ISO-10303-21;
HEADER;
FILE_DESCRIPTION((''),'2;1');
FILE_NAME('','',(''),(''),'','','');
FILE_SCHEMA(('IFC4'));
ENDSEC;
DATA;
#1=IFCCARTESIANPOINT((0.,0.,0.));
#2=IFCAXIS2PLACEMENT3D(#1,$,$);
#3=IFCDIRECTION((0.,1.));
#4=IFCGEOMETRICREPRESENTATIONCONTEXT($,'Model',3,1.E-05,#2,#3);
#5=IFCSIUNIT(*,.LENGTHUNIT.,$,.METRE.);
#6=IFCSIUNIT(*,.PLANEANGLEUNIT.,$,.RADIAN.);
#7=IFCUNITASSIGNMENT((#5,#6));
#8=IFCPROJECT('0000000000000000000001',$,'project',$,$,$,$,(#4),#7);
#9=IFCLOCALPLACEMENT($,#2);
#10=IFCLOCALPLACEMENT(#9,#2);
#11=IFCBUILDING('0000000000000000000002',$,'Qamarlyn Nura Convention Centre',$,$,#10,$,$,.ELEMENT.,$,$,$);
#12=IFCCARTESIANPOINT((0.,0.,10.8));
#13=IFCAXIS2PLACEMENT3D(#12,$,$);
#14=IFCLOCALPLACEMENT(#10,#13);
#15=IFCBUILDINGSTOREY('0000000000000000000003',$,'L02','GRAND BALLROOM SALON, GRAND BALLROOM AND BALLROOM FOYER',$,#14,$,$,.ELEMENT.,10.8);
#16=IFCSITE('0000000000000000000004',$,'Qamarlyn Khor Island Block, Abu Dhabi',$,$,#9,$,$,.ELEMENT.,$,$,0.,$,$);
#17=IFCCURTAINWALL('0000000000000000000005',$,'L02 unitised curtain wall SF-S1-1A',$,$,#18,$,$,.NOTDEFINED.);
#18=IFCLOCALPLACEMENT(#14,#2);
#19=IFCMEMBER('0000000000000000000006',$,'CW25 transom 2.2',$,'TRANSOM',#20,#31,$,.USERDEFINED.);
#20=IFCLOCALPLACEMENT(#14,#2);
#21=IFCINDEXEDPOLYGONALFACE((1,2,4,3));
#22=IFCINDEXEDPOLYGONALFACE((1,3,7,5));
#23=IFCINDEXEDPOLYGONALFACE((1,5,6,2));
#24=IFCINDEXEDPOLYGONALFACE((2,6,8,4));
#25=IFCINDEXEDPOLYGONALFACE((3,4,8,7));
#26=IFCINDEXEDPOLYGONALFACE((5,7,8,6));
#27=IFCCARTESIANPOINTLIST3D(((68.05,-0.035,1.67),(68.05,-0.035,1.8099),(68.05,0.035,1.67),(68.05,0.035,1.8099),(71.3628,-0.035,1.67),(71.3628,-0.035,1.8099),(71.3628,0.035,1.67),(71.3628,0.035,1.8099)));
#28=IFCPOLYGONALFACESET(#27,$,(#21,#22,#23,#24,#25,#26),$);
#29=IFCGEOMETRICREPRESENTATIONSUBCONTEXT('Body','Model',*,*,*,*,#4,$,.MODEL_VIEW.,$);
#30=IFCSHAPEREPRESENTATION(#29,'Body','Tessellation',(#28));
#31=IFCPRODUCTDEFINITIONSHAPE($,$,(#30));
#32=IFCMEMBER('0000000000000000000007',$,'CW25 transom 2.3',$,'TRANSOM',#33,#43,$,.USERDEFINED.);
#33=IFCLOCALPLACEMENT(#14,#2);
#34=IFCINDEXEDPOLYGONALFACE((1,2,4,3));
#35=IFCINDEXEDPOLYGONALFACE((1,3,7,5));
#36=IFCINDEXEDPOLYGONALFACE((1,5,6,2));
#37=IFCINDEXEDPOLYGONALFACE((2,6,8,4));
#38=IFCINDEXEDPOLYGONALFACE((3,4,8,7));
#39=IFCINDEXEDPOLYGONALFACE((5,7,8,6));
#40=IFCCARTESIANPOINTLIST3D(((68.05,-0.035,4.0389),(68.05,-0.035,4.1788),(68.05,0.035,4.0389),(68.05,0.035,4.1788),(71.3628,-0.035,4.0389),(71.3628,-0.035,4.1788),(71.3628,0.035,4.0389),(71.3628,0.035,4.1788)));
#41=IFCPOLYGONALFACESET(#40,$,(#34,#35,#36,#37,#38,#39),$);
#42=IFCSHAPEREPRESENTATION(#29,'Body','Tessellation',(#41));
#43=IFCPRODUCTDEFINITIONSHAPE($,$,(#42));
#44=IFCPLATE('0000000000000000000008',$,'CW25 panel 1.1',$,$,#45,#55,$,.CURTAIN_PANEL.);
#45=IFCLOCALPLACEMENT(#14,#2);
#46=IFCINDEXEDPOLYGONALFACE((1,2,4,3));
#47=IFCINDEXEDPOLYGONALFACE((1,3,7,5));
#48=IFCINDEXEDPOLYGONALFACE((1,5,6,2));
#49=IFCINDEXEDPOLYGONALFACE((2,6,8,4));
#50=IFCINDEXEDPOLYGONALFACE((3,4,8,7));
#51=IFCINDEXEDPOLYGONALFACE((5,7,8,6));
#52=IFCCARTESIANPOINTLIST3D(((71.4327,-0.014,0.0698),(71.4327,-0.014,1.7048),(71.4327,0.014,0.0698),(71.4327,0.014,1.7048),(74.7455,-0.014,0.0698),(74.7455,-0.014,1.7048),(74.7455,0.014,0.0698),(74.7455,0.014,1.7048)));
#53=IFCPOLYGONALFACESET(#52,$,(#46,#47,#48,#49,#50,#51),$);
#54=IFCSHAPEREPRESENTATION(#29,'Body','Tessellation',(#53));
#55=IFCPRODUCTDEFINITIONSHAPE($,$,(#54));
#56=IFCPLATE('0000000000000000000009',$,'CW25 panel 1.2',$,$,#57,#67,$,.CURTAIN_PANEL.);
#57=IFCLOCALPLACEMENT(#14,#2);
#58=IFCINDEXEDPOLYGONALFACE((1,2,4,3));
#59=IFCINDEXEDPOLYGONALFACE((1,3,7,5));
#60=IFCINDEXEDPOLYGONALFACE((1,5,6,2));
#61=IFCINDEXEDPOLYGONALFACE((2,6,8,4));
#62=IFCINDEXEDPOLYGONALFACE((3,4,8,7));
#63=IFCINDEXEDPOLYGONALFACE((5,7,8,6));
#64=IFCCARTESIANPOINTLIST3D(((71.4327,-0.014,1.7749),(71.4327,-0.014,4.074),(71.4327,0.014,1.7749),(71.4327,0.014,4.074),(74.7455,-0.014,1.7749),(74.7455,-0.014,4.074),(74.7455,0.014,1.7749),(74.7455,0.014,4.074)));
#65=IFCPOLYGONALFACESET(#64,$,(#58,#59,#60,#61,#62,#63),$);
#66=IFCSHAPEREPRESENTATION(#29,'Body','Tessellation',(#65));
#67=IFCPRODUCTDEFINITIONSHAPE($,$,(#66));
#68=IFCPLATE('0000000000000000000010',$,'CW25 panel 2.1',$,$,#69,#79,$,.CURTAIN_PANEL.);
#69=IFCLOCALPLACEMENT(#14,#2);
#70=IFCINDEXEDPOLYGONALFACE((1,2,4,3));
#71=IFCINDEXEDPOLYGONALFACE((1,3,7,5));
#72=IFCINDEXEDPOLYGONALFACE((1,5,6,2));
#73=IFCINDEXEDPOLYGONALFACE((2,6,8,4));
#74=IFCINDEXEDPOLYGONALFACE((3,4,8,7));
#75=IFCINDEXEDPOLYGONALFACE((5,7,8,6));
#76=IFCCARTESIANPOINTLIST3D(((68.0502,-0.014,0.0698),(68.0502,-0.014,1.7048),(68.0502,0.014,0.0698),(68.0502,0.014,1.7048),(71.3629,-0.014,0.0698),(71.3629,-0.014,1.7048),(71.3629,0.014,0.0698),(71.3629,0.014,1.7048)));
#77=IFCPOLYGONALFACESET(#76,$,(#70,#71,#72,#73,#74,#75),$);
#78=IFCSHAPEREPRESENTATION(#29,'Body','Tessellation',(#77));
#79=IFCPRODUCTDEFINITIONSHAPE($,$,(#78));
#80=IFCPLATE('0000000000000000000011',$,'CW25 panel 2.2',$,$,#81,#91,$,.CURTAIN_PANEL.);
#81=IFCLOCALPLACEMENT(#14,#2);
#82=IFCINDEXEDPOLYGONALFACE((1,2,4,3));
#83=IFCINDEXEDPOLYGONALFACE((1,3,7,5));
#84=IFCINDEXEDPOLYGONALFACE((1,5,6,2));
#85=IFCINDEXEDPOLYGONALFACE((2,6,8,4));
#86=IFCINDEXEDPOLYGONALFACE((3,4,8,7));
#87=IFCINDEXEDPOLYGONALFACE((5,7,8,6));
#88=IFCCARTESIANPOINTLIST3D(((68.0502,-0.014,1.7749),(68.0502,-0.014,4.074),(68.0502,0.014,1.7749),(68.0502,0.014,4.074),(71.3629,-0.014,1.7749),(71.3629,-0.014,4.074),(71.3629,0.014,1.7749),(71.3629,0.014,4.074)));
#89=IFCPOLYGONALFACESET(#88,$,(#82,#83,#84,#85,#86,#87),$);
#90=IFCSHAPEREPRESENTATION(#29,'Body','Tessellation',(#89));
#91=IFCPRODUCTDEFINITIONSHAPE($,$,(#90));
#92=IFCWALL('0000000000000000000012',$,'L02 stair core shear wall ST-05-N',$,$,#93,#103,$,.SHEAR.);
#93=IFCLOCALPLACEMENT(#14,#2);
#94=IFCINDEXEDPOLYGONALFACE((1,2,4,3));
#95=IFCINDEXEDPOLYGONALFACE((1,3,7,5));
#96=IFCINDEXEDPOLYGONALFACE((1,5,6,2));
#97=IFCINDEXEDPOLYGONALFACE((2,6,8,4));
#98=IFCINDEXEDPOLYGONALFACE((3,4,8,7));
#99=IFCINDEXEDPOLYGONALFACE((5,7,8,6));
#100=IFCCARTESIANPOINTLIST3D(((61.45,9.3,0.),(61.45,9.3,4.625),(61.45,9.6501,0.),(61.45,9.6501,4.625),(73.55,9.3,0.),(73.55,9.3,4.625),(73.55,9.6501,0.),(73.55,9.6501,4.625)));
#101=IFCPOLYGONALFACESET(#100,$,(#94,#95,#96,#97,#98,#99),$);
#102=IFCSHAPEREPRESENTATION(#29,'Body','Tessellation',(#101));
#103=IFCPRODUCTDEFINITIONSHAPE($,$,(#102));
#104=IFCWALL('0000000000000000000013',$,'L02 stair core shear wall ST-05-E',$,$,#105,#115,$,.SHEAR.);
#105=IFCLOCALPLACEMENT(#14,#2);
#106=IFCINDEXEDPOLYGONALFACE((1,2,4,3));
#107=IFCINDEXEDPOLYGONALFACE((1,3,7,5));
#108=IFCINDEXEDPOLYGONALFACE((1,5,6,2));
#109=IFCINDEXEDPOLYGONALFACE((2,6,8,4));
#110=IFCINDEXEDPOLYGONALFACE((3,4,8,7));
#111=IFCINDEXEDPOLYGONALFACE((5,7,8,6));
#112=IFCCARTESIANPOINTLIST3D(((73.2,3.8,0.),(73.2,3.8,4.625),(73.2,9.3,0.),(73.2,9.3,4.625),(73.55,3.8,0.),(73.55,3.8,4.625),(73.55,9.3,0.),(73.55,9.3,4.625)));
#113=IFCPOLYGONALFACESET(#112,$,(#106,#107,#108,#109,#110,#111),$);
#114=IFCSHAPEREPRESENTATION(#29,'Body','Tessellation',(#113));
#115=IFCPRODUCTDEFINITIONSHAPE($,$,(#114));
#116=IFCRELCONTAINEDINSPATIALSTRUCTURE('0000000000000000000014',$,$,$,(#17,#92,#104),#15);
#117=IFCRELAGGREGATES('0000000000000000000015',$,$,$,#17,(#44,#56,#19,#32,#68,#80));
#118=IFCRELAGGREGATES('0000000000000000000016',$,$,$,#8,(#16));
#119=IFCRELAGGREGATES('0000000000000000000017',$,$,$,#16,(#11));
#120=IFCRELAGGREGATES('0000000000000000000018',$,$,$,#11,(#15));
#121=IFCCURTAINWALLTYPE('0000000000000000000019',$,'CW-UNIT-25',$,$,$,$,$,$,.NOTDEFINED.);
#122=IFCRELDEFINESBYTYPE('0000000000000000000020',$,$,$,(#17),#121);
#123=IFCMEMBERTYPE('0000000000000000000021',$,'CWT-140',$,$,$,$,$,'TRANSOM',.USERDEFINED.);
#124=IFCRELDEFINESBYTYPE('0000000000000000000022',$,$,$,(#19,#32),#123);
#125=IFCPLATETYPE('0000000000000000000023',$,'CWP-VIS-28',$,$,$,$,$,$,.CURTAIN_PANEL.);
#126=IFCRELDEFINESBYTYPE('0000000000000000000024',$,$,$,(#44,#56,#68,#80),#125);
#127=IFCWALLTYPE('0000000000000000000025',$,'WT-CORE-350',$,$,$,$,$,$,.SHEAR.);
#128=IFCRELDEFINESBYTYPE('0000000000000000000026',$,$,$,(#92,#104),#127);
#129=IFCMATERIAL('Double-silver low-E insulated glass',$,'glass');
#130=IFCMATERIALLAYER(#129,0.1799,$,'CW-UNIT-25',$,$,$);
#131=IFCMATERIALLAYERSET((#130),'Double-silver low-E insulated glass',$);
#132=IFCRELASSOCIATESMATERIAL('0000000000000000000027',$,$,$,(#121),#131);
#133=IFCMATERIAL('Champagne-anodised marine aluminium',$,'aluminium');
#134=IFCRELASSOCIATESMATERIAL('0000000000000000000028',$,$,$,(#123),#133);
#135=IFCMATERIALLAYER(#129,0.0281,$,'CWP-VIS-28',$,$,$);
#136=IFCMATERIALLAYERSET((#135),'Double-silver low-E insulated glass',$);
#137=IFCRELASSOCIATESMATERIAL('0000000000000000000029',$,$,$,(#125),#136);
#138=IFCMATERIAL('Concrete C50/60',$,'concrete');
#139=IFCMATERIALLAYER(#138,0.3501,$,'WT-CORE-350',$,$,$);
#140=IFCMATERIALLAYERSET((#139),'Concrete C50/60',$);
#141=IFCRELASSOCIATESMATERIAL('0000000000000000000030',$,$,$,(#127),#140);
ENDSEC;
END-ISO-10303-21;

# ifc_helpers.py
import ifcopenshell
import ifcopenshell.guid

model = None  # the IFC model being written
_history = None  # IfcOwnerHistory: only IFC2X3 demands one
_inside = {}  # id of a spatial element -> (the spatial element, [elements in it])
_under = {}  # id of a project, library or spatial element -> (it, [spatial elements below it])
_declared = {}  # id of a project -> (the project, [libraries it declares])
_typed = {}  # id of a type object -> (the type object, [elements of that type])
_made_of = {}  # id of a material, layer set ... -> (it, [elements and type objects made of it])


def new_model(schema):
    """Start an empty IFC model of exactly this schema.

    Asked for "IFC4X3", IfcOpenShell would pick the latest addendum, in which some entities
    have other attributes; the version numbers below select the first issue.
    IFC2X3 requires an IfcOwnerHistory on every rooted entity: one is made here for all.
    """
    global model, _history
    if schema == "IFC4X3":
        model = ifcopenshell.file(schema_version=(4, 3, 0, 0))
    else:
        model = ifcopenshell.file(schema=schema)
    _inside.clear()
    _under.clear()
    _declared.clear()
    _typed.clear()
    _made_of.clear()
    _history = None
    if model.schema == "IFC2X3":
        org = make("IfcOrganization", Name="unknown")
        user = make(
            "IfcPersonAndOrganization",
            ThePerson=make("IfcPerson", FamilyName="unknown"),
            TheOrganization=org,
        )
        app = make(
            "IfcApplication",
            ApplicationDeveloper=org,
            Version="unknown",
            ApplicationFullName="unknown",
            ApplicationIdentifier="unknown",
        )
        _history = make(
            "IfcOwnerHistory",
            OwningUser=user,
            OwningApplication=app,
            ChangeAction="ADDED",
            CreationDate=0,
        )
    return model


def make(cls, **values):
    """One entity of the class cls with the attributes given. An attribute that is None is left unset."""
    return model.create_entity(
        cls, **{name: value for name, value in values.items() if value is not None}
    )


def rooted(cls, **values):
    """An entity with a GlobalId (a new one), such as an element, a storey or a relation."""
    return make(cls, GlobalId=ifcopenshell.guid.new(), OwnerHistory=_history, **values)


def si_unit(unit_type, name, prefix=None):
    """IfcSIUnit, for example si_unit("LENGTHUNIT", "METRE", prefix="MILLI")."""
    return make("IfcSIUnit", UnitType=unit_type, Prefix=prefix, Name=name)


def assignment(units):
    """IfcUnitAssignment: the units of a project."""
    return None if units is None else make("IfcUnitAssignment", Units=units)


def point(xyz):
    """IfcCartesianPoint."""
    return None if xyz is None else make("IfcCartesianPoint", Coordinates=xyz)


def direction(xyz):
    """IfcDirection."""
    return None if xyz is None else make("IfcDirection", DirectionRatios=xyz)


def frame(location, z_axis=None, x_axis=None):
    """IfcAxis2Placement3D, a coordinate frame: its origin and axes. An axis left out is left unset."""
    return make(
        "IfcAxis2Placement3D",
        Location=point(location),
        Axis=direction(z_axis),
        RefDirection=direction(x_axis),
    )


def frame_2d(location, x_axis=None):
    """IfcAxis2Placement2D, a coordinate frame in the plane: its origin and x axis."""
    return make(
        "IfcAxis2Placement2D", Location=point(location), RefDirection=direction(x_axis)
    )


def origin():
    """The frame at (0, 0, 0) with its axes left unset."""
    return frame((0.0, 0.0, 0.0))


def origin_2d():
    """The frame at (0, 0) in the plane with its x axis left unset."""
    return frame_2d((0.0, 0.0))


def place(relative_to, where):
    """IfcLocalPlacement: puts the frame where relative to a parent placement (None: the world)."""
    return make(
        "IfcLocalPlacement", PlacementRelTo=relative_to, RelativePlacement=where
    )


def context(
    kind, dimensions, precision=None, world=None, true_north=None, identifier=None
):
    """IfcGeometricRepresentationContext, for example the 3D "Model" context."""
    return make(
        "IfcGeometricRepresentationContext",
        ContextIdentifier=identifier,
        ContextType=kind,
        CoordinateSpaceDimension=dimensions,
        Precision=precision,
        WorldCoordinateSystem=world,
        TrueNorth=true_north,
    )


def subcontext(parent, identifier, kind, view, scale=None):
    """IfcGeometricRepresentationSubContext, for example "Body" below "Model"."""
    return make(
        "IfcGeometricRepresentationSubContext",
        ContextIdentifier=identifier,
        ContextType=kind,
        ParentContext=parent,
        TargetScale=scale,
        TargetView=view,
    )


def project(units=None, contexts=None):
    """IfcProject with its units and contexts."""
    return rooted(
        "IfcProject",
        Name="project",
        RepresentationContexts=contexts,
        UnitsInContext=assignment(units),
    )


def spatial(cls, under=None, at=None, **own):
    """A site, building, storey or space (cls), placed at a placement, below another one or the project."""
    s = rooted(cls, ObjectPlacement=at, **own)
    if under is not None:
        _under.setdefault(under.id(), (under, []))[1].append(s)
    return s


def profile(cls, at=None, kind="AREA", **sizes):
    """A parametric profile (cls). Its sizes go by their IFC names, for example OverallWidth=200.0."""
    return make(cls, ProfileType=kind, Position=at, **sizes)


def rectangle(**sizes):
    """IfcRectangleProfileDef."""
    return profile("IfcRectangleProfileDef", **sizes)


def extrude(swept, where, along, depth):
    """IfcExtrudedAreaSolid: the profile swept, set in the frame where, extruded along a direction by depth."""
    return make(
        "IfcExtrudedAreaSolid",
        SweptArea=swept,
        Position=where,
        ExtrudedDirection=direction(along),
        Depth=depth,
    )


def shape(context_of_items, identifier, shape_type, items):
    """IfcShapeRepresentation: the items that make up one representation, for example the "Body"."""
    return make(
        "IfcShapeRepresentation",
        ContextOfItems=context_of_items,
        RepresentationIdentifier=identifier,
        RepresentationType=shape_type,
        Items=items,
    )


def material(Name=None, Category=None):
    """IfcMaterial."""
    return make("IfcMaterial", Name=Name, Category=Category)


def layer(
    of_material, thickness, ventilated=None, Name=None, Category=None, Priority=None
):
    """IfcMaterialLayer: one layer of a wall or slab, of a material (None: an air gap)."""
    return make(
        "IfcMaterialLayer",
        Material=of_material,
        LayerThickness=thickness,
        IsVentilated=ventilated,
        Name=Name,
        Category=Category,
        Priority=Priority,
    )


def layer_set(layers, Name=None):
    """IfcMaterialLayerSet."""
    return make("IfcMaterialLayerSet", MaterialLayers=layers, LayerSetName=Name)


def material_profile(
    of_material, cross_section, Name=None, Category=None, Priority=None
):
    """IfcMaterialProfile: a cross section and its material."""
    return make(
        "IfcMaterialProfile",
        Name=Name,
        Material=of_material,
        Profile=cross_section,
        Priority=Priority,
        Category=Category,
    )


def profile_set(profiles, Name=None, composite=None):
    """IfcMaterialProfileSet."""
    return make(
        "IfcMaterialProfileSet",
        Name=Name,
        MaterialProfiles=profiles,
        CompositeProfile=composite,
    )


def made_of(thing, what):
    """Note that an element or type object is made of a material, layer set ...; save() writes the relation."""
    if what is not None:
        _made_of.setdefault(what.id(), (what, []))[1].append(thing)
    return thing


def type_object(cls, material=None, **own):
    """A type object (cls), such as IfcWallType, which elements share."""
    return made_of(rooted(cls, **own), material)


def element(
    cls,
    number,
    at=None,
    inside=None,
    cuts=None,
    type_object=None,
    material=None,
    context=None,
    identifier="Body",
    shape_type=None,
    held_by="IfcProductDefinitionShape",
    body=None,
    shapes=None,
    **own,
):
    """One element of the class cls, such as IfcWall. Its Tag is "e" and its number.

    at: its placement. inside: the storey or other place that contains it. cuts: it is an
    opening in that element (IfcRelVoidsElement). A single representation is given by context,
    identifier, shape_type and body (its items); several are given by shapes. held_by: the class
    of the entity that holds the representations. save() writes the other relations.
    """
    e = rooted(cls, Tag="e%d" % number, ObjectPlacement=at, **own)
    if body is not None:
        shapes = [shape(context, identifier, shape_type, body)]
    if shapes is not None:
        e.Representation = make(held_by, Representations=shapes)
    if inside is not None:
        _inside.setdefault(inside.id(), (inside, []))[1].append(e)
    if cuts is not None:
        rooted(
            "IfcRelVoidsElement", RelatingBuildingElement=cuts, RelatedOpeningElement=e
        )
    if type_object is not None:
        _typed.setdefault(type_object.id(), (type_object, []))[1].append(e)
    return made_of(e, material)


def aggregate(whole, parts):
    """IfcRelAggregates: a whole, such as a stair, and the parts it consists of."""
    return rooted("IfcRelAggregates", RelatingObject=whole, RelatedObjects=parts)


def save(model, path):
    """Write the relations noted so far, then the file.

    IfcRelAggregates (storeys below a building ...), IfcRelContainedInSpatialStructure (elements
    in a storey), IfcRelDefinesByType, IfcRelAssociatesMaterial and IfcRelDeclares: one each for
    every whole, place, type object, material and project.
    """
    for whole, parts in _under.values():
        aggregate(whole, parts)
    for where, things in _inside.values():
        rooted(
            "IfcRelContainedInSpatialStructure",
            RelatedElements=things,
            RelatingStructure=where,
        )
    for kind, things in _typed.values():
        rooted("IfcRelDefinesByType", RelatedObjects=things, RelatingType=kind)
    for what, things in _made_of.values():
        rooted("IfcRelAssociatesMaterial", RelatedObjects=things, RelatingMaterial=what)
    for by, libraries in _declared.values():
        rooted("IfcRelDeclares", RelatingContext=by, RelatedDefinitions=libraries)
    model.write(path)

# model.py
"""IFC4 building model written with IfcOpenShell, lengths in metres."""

from ifc_helpers import new_model, si_unit, direction, frame, frame_2d, origin, origin_2d, place, context, subcontext, project, spatial, rectangle, extrude, material, layer, layer_set, material_profile, profile_set, type_object, element, aggregate, save


model = new_model("IFC4")

# Units and contexts
model_context = context("Model", 3, precision=1e-05, world=origin(), true_north=direction((0.0, 1.0)))
body_context = subcontext(model_context, "Body", "Model", "MODEL_VIEW")
ifc_project = project(units=[si_unit("LENGTHUNIT", "METRE"), si_unit("PLANEANGLEUNIT", "RADIAN")], contexts=[model_context])

# Site, building, storey
site_placement = place(None, origin())
site = spatial("IfcSite", under=ifc_project, at=site_placement, Name="Qamarlyn Khor Island Block, Abu Dhabi", CompositionType="ELEMENT", RefElevation=0.0)
building_placement = place(site_placement, origin())
building = spatial("IfcBuilding", under=site, at=building_placement, Name="Qamarlyn Nura Convention Centre", CompositionType="ELEMENT")
storey_placement = place(building_placement, frame((0.0, 0.0, 10.8)))
storey = spatial("IfcBuildingStorey", under=building, at=storey_placement, Name="L02", Description="GRAND BALLROOM SALON, GRAND BALLROOM AND BALLROOM FOYER", CompositionType="ELEMENT", Elevation=10.8)

# Curtain wall
ifc_material_1 = material(Name="Double-silver low-E insulated glass", Category="glass")
ifc_layer_1 = layer(ifc_material_1, 0.1799, Name="CW-UNIT-25")
ifc_layer_set_1 = layer_set([ifc_layer_1], Name="Double-silver low-E insulated glass")
curtain_wall_type_1 = type_object("IfcCurtainWallType", Name="CW-UNIT-25", PredefinedType="NOTDEFINED", material=ifc_layer_set_1)
curtain_wall_1_placement = place(storey_placement, origin())
curtain_wall_1 = element("IfcCurtainWall", 1, at=curtain_wall_1_placement, inside=storey, type_object=curtain_wall_type_1, Name="L02 unitised curtain wall SF-S1-1A", PredefinedType="NOTDEFINED")
ifc_material_2 = material(Name="Champagne-anodised marine aluminium", Category="aluminium")

# Members
ifc_material_profile_1 = material_profile(ifc_material_2, rectangle(XDim=0.0701, YDim=0.1399, at=origin_2d()), Name="ALU TRANSOM 70x140")
ifc_profile_set_1 = profile_set([ifc_material_profile_1], Name="Champagne-anodised marine aluminium")
member_type_1 = type_object("IfcMemberType", Name="CWT-140", ElementType="TRANSOM", PredefinedType="USERDEFINED", material=ifc_profile_set_1)
member_1_placement = place(storey_placement, frame((71.3628, 0.0, 1.74), z_axis=(-1.0, 0.0, 0.0), x_axis=(0.0, -1.0, 0.0)))
member_1 = element("IfcMember", 2, at=member_1_placement, type_object=member_type_1, Name="CW25 transom 2.2", ObjectType="TRANSOM", PredefinedType="USERDEFINED", context=body_context, shape_type="SweptSolid", body=[
    extrude(rectangle(XDim=0.0701, YDim=0.1399, at=origin_2d()), origin(), (0.0, 0.0, 1.0), 3.3127),
])
member_2_placement = place(storey_placement, frame((71.3628, 0.0, 4.1089), z_axis=(-1.0, 0.0, 0.0), x_axis=(0.0, -1.0, 0.0)))
member_2 = element("IfcMember", 3, at=member_2_placement, type_object=member_type_1, Name="CW25 transom 2.3", ObjectType="TRANSOM", PredefinedType="USERDEFINED", context=body_context, shape_type="SweptSolid", body=[
    extrude(rectangle(XDim=0.0701, YDim=0.1399, at=origin_2d()), origin(), (0.0, 0.0, 1.0), 3.3127),
])

# Plates
ifc_layer_2 = layer(ifc_material_1, 0.0281, Name="CWP-VIS-28")
ifc_layer_set_2 = layer_set([ifc_layer_2], Name="Double-silver low-E insulated glass")
plate_type = type_object("IfcPlateType", Name="CWP-VIS-28", PredefinedType="CURTAIN_PANEL", material=ifc_layer_set_2)
plate_1_placement = place(storey_placement, frame((73.0891, 0.0, 0.0698), z_axis=(0.0, 0.0, 1.0), x_axis=(-1.0, 0.0, 0.0)))
plate_1 = element("IfcPlate", 4, at=plate_1_placement, type_object=plate_type, Name="CW25 panel 1.1", PredefinedType="CURTAIN_PANEL", context=body_context, shape_type="SweptSolid", body=[
    extrude(rectangle(XDim=3.3127, YDim=0.0281, at=origin_2d()), origin(), (0.0, 0.0, 1.0), 1.635),
])
plate_2_placement = place(storey_placement, frame((73.0891, 0.0, 1.7749), z_axis=(0.0, 0.0, 1.0), x_axis=(-1.0, 0.0, 0.0)))
plate_2 = element("IfcPlate", 5, at=plate_2_placement, type_object=plate_type, Name="CW25 panel 1.2", PredefinedType="CURTAIN_PANEL", context=body_context, shape_type="SweptSolid", body=[
    extrude(rectangle(XDim=3.3127, YDim=0.0281, at=origin_2d()), origin(), (0.0, 0.0, 1.0), 2.2991),
])
plate_3_placement = place(storey_placement, frame((69.7065, 0.0, 0.0698), z_axis=(0.0, 0.0, 1.0), x_axis=(-1.0, 0.0, 0.0)))
plate_3 = element("IfcPlate", 6, at=plate_3_placement, type_object=plate_type, Name="CW25 panel 2.1", PredefinedType="CURTAIN_PANEL", context=body_context, shape_type="SweptSolid", body=[
    extrude(rectangle(XDim=3.3127, YDim=0.0281, at=origin_2d()), origin(), (0.0, 0.0, 1.0), 1.635),
])
plate_4_placement = place(storey_placement, frame((69.7065, 0.0, 1.7749), z_axis=(0.0, 0.0, 1.0), x_axis=(-1.0, 0.0, 0.0)))
plate_4 = element("IfcPlate", 7, at=plate_4_placement, type_object=plate_type, Name="CW25 panel 2.2", PredefinedType="CURTAIN_PANEL", context=body_context, shape_type="SweptSolid", body=[
    extrude(rectangle(XDim=3.3127, YDim=0.0281, at=origin_2d()), origin(), (0.0, 0.0, 1.0), 2.2991),
])
aggregate(curtain_wall_1, [plate_1, plate_2, member_1, member_2, plate_3, plate_4])

# Walls
ifc_material_3 = material(Name="Concrete C50/60", Category="concrete")
ifc_layer_3 = layer(ifc_material_3, 0.3501, Name="WT-CORE-350")
ifc_layer_set_3 = layer_set([ifc_layer_3], Name="Concrete C50/60")
wall_type = type_object("IfcWallType", Name="WT-CORE-350", PredefinedType="SHEAR", material=ifc_layer_set_3)
wall_1_placement = place(storey_placement, frame((73.55, 9.4751, 0.0), z_axis=(0.0, 0.0, 1.0), x_axis=(-1.0, 0.0, 0.0)))
element("IfcWall", 8, at=wall_1_placement, inside=storey, type_object=wall_type, Name="L02 stair core shear wall ST-05-N", PredefinedType="SHEAR", context=body_context, shape_type="SweptSolid", body=[
    extrude(rectangle(XDim=12.1001, YDim=0.3501, at=frame_2d((6.05, 0.0))), origin(), (0.0, 0.0, 1.0), 4.625),
])
wall_2_placement = place(storey_placement, frame((73.375, 3.8, 0.0), z_axis=(0.0, 0.0, 1.0), x_axis=(0.0, 1.0, 0.0)))
element("IfcWall", 9, at=wall_2_placement, inside=storey, type_object=wall_type, Name="L02 stair core shear wall ST-05-E", PredefinedType="SHEAR", context=body_context, shape_type="SweptSolid", body=[
    extrude(rectangle(XDim=5.5, YDim=0.3501, at=frame_2d((2.75, 0.0))), origin(), (0.0, 0.0, 1.0), 4.625),
])

save(model, "model.ifc")
